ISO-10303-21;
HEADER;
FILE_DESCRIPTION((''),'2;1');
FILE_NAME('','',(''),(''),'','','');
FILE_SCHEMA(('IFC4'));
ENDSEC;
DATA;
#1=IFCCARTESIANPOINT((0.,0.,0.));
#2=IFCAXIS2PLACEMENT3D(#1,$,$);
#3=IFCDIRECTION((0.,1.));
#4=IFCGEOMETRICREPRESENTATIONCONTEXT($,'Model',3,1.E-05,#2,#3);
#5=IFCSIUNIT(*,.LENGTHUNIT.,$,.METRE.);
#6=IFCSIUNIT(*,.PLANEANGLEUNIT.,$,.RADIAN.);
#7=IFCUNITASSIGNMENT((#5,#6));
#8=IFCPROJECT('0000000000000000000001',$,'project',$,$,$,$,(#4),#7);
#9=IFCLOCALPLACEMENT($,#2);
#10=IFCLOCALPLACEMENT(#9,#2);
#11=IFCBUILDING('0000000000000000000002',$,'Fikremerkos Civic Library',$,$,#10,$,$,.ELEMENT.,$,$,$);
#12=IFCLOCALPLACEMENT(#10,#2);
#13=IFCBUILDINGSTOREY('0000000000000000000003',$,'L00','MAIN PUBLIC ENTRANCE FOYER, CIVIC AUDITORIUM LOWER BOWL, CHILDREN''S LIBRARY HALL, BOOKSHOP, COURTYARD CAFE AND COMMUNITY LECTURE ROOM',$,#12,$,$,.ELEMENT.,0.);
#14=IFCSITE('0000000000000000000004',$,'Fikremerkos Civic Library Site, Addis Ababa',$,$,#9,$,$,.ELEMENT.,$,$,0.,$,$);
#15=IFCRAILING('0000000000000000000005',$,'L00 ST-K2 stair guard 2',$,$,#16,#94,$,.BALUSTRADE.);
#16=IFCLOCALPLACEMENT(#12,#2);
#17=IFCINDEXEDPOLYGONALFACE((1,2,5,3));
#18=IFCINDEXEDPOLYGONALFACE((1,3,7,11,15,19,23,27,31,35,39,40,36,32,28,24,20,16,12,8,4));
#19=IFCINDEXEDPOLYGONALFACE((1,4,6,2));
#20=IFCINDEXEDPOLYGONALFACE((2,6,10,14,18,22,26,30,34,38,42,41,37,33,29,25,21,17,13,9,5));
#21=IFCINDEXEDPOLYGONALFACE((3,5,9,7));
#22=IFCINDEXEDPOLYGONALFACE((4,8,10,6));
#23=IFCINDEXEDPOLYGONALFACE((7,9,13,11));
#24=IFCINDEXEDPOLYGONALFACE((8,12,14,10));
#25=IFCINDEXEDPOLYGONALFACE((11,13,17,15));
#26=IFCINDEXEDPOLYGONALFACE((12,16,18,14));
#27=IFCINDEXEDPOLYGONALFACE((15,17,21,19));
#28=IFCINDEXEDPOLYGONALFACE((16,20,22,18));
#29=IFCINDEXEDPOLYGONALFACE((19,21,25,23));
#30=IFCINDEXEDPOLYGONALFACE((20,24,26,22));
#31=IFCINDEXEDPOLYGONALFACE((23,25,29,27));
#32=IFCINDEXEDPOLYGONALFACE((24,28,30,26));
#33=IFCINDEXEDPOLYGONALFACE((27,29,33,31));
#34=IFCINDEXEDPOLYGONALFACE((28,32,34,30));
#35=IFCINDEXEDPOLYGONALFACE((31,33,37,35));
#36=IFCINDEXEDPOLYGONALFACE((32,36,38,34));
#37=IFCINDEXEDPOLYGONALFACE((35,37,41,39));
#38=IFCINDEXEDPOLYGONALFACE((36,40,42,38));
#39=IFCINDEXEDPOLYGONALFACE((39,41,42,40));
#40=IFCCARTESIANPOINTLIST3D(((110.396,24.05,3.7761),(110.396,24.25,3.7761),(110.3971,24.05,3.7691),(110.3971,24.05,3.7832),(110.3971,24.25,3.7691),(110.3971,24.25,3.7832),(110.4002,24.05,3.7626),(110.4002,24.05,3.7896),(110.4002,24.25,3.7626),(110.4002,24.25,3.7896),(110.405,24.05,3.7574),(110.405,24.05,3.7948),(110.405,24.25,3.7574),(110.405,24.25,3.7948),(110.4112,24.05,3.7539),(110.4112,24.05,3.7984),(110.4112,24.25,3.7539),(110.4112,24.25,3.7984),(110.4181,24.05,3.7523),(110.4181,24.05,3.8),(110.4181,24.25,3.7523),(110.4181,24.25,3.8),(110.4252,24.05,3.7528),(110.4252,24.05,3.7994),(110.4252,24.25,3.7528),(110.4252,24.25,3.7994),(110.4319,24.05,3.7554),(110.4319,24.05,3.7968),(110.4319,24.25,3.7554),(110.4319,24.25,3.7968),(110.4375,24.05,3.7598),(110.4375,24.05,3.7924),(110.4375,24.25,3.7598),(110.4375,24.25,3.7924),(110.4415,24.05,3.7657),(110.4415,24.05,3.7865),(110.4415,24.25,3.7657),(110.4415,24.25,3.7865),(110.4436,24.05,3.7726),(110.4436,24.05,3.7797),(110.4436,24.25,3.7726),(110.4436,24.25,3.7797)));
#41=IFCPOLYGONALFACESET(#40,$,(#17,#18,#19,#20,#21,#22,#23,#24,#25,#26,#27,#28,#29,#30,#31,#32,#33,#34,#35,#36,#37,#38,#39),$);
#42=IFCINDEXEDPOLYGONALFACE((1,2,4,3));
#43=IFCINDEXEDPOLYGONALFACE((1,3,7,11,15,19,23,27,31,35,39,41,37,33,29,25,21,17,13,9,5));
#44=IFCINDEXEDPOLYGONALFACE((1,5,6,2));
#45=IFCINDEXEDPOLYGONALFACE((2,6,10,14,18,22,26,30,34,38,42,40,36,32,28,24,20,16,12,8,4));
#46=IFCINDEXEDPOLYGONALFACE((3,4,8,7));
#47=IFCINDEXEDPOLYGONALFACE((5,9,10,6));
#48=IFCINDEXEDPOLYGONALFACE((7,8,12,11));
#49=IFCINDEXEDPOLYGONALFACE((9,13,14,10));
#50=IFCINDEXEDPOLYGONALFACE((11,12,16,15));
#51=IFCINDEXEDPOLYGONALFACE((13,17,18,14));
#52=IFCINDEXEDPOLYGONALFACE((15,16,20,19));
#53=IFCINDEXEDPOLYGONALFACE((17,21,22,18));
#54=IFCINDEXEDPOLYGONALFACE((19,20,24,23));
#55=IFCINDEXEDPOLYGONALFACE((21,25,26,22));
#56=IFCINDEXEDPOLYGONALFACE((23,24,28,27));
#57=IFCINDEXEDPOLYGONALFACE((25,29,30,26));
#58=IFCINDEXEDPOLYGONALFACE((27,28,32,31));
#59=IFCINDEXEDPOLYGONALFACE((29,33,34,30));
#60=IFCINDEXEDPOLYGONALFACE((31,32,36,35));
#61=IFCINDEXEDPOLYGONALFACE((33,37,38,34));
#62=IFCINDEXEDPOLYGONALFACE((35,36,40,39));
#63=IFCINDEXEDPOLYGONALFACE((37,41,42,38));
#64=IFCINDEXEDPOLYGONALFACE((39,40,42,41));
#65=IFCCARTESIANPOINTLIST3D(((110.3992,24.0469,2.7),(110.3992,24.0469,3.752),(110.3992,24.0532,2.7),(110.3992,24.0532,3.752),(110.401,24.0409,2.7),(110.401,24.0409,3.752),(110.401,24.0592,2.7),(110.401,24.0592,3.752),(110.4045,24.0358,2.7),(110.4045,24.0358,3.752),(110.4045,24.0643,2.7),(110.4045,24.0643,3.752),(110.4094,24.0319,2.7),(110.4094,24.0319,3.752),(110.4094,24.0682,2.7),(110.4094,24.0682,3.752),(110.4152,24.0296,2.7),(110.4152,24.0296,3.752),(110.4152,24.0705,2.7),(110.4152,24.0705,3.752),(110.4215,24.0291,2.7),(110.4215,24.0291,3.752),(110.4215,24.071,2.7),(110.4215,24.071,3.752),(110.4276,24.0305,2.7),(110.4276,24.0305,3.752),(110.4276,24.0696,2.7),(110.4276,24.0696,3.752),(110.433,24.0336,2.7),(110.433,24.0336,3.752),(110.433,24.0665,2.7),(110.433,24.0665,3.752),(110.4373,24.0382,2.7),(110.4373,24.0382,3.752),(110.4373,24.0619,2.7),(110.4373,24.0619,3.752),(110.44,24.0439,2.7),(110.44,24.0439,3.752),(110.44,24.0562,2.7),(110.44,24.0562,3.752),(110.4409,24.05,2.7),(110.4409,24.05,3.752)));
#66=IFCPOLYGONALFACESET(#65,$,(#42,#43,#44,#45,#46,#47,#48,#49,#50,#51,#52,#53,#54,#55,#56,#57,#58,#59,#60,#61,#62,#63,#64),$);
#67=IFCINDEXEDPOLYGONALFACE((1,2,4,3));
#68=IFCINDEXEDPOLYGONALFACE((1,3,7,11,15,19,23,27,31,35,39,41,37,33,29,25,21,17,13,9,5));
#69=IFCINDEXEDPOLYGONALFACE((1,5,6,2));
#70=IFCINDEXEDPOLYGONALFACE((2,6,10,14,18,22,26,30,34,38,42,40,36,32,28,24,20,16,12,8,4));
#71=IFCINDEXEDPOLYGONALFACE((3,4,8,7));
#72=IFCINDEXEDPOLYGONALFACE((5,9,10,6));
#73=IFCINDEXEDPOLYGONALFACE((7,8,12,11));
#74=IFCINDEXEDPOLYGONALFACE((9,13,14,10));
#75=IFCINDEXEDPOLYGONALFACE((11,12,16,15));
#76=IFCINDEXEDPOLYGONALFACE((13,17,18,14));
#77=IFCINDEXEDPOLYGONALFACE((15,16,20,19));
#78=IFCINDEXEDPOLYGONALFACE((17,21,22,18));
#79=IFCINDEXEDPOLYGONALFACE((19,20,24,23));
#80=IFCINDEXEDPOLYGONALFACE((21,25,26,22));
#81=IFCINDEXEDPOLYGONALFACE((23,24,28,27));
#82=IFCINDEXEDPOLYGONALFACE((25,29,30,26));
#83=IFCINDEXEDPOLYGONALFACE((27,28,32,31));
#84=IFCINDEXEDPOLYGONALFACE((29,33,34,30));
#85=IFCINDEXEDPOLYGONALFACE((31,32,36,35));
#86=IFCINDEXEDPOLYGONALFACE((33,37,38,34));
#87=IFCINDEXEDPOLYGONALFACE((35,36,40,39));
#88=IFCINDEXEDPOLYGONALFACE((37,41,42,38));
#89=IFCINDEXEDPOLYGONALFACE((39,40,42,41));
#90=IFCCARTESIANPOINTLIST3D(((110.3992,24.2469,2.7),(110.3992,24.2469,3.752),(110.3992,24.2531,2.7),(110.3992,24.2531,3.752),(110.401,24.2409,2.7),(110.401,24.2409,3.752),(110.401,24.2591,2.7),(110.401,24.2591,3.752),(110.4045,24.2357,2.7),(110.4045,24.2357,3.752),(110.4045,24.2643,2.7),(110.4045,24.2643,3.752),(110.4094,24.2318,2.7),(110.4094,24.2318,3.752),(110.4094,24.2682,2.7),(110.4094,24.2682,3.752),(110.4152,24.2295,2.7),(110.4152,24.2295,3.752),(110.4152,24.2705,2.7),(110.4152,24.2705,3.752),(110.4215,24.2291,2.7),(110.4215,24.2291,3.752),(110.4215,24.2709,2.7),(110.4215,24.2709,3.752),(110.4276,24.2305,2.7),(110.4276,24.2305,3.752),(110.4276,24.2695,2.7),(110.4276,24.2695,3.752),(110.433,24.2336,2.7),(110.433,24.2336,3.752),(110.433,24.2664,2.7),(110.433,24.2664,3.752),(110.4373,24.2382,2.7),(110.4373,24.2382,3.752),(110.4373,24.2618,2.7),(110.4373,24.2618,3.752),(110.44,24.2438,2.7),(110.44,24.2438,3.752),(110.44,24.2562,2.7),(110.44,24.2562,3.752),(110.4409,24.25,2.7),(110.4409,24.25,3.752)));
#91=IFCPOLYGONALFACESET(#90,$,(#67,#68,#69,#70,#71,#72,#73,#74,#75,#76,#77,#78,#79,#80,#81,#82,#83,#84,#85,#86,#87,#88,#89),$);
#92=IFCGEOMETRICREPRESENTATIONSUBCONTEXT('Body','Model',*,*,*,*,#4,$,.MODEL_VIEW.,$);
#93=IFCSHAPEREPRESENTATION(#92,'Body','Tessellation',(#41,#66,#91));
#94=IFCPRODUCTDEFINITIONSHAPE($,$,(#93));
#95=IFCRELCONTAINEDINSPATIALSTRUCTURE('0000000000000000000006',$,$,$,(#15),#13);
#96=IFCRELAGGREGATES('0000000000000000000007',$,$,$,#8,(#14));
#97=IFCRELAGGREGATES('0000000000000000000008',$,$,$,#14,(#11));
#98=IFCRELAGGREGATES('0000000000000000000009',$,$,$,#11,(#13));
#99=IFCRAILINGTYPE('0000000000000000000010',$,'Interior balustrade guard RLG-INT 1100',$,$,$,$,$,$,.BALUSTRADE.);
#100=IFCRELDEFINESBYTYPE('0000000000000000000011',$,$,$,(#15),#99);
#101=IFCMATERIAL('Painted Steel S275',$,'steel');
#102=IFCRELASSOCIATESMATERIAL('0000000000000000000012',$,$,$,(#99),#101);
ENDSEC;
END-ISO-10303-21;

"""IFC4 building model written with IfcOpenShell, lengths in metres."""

from ifc_helpers import new_model, si_unit, direction, frame, origin, origin_2d, place, context, subcontext, project, spatial, circle, extrude, material, type_object, element, save


model = new_model("IFC4")

# Units and contexts
model_context = context("Model", 3, precision=1e-05, world=origin(), true_north=direction((0.0, 1.0)))
body_context = subcontext(model_context, "Body", "Model", "MODEL_VIEW")
ifc_project = project(units=[si_unit("LENGTHUNIT", "METRE"), si_unit("PLANEANGLEUNIT", "RADIAN")], contexts=[model_context])

# Site, building, storey
site_placement = place(None, origin())
site = spatial("IfcSite", under=ifc_project, at=site_placement, Name="Fikremerkos Civic Library Site, Addis Ababa", CompositionType="ELEMENT", RefElevation=0.0)
building_placement = place(site_placement, origin())
building = spatial("IfcBuilding", under=site, at=building_placement, Name="Fikremerkos Civic Library", CompositionType="ELEMENT")
storey_placement = place(building_placement, origin())
storey = spatial("IfcBuildingStorey", under=building, at=storey_placement, Name="L00", Description="MAIN PUBLIC ENTRANCE FOYER, CIVIC AUDITORIUM LOWER BOWL, CHILDREN'S LIBRARY HALL, BOOKSHOP, COURTYARD CAFE AND COMMUNITY LECTURE ROOM", CompositionType="ELEMENT", Elevation=0.0)

# Railing
ifc_material_1 = material(Name="Painted Steel S275", Category="steel")
railing_type_1 = type_object("IfcRailingType", Name="Interior balustrade guard RLG-INT 1100", PredefinedType="BALUSTRADE", material=ifc_material_1)
railing_1_placement = place(storey_placement, frame((110.4199, 24.05, 2.7)))
element("IfcRailing", 1, at=railing_1_placement, inside=storey, type_object=railing_type_1, Name="L00 ST-K2 stair guard 2", PredefinedType="BALUSTRADE", context=body_context, shape_type="SweptSolid", body=[
    extrude(circle(Radius=0.0239, at=origin_2d()), frame((0.0, 0.0, 1.0762), z_axis=(0.0, 1.0, 0.0), x_axis=(-1.0, 0.0, 0.0)), (0.0, 0.0, 1.0), 0.2),
    extrude(circle(Radius=0.021, at=origin_2d()), origin(), (0.0, 0.0, 1.0), 1.052),
    extrude(circle(Radius=0.021, at=origin_2d()), frame((0.0, 0.2, 0.0)), (0.0, 0.0, 1.0), 1.052),
])

save(model, "model.ifc")
